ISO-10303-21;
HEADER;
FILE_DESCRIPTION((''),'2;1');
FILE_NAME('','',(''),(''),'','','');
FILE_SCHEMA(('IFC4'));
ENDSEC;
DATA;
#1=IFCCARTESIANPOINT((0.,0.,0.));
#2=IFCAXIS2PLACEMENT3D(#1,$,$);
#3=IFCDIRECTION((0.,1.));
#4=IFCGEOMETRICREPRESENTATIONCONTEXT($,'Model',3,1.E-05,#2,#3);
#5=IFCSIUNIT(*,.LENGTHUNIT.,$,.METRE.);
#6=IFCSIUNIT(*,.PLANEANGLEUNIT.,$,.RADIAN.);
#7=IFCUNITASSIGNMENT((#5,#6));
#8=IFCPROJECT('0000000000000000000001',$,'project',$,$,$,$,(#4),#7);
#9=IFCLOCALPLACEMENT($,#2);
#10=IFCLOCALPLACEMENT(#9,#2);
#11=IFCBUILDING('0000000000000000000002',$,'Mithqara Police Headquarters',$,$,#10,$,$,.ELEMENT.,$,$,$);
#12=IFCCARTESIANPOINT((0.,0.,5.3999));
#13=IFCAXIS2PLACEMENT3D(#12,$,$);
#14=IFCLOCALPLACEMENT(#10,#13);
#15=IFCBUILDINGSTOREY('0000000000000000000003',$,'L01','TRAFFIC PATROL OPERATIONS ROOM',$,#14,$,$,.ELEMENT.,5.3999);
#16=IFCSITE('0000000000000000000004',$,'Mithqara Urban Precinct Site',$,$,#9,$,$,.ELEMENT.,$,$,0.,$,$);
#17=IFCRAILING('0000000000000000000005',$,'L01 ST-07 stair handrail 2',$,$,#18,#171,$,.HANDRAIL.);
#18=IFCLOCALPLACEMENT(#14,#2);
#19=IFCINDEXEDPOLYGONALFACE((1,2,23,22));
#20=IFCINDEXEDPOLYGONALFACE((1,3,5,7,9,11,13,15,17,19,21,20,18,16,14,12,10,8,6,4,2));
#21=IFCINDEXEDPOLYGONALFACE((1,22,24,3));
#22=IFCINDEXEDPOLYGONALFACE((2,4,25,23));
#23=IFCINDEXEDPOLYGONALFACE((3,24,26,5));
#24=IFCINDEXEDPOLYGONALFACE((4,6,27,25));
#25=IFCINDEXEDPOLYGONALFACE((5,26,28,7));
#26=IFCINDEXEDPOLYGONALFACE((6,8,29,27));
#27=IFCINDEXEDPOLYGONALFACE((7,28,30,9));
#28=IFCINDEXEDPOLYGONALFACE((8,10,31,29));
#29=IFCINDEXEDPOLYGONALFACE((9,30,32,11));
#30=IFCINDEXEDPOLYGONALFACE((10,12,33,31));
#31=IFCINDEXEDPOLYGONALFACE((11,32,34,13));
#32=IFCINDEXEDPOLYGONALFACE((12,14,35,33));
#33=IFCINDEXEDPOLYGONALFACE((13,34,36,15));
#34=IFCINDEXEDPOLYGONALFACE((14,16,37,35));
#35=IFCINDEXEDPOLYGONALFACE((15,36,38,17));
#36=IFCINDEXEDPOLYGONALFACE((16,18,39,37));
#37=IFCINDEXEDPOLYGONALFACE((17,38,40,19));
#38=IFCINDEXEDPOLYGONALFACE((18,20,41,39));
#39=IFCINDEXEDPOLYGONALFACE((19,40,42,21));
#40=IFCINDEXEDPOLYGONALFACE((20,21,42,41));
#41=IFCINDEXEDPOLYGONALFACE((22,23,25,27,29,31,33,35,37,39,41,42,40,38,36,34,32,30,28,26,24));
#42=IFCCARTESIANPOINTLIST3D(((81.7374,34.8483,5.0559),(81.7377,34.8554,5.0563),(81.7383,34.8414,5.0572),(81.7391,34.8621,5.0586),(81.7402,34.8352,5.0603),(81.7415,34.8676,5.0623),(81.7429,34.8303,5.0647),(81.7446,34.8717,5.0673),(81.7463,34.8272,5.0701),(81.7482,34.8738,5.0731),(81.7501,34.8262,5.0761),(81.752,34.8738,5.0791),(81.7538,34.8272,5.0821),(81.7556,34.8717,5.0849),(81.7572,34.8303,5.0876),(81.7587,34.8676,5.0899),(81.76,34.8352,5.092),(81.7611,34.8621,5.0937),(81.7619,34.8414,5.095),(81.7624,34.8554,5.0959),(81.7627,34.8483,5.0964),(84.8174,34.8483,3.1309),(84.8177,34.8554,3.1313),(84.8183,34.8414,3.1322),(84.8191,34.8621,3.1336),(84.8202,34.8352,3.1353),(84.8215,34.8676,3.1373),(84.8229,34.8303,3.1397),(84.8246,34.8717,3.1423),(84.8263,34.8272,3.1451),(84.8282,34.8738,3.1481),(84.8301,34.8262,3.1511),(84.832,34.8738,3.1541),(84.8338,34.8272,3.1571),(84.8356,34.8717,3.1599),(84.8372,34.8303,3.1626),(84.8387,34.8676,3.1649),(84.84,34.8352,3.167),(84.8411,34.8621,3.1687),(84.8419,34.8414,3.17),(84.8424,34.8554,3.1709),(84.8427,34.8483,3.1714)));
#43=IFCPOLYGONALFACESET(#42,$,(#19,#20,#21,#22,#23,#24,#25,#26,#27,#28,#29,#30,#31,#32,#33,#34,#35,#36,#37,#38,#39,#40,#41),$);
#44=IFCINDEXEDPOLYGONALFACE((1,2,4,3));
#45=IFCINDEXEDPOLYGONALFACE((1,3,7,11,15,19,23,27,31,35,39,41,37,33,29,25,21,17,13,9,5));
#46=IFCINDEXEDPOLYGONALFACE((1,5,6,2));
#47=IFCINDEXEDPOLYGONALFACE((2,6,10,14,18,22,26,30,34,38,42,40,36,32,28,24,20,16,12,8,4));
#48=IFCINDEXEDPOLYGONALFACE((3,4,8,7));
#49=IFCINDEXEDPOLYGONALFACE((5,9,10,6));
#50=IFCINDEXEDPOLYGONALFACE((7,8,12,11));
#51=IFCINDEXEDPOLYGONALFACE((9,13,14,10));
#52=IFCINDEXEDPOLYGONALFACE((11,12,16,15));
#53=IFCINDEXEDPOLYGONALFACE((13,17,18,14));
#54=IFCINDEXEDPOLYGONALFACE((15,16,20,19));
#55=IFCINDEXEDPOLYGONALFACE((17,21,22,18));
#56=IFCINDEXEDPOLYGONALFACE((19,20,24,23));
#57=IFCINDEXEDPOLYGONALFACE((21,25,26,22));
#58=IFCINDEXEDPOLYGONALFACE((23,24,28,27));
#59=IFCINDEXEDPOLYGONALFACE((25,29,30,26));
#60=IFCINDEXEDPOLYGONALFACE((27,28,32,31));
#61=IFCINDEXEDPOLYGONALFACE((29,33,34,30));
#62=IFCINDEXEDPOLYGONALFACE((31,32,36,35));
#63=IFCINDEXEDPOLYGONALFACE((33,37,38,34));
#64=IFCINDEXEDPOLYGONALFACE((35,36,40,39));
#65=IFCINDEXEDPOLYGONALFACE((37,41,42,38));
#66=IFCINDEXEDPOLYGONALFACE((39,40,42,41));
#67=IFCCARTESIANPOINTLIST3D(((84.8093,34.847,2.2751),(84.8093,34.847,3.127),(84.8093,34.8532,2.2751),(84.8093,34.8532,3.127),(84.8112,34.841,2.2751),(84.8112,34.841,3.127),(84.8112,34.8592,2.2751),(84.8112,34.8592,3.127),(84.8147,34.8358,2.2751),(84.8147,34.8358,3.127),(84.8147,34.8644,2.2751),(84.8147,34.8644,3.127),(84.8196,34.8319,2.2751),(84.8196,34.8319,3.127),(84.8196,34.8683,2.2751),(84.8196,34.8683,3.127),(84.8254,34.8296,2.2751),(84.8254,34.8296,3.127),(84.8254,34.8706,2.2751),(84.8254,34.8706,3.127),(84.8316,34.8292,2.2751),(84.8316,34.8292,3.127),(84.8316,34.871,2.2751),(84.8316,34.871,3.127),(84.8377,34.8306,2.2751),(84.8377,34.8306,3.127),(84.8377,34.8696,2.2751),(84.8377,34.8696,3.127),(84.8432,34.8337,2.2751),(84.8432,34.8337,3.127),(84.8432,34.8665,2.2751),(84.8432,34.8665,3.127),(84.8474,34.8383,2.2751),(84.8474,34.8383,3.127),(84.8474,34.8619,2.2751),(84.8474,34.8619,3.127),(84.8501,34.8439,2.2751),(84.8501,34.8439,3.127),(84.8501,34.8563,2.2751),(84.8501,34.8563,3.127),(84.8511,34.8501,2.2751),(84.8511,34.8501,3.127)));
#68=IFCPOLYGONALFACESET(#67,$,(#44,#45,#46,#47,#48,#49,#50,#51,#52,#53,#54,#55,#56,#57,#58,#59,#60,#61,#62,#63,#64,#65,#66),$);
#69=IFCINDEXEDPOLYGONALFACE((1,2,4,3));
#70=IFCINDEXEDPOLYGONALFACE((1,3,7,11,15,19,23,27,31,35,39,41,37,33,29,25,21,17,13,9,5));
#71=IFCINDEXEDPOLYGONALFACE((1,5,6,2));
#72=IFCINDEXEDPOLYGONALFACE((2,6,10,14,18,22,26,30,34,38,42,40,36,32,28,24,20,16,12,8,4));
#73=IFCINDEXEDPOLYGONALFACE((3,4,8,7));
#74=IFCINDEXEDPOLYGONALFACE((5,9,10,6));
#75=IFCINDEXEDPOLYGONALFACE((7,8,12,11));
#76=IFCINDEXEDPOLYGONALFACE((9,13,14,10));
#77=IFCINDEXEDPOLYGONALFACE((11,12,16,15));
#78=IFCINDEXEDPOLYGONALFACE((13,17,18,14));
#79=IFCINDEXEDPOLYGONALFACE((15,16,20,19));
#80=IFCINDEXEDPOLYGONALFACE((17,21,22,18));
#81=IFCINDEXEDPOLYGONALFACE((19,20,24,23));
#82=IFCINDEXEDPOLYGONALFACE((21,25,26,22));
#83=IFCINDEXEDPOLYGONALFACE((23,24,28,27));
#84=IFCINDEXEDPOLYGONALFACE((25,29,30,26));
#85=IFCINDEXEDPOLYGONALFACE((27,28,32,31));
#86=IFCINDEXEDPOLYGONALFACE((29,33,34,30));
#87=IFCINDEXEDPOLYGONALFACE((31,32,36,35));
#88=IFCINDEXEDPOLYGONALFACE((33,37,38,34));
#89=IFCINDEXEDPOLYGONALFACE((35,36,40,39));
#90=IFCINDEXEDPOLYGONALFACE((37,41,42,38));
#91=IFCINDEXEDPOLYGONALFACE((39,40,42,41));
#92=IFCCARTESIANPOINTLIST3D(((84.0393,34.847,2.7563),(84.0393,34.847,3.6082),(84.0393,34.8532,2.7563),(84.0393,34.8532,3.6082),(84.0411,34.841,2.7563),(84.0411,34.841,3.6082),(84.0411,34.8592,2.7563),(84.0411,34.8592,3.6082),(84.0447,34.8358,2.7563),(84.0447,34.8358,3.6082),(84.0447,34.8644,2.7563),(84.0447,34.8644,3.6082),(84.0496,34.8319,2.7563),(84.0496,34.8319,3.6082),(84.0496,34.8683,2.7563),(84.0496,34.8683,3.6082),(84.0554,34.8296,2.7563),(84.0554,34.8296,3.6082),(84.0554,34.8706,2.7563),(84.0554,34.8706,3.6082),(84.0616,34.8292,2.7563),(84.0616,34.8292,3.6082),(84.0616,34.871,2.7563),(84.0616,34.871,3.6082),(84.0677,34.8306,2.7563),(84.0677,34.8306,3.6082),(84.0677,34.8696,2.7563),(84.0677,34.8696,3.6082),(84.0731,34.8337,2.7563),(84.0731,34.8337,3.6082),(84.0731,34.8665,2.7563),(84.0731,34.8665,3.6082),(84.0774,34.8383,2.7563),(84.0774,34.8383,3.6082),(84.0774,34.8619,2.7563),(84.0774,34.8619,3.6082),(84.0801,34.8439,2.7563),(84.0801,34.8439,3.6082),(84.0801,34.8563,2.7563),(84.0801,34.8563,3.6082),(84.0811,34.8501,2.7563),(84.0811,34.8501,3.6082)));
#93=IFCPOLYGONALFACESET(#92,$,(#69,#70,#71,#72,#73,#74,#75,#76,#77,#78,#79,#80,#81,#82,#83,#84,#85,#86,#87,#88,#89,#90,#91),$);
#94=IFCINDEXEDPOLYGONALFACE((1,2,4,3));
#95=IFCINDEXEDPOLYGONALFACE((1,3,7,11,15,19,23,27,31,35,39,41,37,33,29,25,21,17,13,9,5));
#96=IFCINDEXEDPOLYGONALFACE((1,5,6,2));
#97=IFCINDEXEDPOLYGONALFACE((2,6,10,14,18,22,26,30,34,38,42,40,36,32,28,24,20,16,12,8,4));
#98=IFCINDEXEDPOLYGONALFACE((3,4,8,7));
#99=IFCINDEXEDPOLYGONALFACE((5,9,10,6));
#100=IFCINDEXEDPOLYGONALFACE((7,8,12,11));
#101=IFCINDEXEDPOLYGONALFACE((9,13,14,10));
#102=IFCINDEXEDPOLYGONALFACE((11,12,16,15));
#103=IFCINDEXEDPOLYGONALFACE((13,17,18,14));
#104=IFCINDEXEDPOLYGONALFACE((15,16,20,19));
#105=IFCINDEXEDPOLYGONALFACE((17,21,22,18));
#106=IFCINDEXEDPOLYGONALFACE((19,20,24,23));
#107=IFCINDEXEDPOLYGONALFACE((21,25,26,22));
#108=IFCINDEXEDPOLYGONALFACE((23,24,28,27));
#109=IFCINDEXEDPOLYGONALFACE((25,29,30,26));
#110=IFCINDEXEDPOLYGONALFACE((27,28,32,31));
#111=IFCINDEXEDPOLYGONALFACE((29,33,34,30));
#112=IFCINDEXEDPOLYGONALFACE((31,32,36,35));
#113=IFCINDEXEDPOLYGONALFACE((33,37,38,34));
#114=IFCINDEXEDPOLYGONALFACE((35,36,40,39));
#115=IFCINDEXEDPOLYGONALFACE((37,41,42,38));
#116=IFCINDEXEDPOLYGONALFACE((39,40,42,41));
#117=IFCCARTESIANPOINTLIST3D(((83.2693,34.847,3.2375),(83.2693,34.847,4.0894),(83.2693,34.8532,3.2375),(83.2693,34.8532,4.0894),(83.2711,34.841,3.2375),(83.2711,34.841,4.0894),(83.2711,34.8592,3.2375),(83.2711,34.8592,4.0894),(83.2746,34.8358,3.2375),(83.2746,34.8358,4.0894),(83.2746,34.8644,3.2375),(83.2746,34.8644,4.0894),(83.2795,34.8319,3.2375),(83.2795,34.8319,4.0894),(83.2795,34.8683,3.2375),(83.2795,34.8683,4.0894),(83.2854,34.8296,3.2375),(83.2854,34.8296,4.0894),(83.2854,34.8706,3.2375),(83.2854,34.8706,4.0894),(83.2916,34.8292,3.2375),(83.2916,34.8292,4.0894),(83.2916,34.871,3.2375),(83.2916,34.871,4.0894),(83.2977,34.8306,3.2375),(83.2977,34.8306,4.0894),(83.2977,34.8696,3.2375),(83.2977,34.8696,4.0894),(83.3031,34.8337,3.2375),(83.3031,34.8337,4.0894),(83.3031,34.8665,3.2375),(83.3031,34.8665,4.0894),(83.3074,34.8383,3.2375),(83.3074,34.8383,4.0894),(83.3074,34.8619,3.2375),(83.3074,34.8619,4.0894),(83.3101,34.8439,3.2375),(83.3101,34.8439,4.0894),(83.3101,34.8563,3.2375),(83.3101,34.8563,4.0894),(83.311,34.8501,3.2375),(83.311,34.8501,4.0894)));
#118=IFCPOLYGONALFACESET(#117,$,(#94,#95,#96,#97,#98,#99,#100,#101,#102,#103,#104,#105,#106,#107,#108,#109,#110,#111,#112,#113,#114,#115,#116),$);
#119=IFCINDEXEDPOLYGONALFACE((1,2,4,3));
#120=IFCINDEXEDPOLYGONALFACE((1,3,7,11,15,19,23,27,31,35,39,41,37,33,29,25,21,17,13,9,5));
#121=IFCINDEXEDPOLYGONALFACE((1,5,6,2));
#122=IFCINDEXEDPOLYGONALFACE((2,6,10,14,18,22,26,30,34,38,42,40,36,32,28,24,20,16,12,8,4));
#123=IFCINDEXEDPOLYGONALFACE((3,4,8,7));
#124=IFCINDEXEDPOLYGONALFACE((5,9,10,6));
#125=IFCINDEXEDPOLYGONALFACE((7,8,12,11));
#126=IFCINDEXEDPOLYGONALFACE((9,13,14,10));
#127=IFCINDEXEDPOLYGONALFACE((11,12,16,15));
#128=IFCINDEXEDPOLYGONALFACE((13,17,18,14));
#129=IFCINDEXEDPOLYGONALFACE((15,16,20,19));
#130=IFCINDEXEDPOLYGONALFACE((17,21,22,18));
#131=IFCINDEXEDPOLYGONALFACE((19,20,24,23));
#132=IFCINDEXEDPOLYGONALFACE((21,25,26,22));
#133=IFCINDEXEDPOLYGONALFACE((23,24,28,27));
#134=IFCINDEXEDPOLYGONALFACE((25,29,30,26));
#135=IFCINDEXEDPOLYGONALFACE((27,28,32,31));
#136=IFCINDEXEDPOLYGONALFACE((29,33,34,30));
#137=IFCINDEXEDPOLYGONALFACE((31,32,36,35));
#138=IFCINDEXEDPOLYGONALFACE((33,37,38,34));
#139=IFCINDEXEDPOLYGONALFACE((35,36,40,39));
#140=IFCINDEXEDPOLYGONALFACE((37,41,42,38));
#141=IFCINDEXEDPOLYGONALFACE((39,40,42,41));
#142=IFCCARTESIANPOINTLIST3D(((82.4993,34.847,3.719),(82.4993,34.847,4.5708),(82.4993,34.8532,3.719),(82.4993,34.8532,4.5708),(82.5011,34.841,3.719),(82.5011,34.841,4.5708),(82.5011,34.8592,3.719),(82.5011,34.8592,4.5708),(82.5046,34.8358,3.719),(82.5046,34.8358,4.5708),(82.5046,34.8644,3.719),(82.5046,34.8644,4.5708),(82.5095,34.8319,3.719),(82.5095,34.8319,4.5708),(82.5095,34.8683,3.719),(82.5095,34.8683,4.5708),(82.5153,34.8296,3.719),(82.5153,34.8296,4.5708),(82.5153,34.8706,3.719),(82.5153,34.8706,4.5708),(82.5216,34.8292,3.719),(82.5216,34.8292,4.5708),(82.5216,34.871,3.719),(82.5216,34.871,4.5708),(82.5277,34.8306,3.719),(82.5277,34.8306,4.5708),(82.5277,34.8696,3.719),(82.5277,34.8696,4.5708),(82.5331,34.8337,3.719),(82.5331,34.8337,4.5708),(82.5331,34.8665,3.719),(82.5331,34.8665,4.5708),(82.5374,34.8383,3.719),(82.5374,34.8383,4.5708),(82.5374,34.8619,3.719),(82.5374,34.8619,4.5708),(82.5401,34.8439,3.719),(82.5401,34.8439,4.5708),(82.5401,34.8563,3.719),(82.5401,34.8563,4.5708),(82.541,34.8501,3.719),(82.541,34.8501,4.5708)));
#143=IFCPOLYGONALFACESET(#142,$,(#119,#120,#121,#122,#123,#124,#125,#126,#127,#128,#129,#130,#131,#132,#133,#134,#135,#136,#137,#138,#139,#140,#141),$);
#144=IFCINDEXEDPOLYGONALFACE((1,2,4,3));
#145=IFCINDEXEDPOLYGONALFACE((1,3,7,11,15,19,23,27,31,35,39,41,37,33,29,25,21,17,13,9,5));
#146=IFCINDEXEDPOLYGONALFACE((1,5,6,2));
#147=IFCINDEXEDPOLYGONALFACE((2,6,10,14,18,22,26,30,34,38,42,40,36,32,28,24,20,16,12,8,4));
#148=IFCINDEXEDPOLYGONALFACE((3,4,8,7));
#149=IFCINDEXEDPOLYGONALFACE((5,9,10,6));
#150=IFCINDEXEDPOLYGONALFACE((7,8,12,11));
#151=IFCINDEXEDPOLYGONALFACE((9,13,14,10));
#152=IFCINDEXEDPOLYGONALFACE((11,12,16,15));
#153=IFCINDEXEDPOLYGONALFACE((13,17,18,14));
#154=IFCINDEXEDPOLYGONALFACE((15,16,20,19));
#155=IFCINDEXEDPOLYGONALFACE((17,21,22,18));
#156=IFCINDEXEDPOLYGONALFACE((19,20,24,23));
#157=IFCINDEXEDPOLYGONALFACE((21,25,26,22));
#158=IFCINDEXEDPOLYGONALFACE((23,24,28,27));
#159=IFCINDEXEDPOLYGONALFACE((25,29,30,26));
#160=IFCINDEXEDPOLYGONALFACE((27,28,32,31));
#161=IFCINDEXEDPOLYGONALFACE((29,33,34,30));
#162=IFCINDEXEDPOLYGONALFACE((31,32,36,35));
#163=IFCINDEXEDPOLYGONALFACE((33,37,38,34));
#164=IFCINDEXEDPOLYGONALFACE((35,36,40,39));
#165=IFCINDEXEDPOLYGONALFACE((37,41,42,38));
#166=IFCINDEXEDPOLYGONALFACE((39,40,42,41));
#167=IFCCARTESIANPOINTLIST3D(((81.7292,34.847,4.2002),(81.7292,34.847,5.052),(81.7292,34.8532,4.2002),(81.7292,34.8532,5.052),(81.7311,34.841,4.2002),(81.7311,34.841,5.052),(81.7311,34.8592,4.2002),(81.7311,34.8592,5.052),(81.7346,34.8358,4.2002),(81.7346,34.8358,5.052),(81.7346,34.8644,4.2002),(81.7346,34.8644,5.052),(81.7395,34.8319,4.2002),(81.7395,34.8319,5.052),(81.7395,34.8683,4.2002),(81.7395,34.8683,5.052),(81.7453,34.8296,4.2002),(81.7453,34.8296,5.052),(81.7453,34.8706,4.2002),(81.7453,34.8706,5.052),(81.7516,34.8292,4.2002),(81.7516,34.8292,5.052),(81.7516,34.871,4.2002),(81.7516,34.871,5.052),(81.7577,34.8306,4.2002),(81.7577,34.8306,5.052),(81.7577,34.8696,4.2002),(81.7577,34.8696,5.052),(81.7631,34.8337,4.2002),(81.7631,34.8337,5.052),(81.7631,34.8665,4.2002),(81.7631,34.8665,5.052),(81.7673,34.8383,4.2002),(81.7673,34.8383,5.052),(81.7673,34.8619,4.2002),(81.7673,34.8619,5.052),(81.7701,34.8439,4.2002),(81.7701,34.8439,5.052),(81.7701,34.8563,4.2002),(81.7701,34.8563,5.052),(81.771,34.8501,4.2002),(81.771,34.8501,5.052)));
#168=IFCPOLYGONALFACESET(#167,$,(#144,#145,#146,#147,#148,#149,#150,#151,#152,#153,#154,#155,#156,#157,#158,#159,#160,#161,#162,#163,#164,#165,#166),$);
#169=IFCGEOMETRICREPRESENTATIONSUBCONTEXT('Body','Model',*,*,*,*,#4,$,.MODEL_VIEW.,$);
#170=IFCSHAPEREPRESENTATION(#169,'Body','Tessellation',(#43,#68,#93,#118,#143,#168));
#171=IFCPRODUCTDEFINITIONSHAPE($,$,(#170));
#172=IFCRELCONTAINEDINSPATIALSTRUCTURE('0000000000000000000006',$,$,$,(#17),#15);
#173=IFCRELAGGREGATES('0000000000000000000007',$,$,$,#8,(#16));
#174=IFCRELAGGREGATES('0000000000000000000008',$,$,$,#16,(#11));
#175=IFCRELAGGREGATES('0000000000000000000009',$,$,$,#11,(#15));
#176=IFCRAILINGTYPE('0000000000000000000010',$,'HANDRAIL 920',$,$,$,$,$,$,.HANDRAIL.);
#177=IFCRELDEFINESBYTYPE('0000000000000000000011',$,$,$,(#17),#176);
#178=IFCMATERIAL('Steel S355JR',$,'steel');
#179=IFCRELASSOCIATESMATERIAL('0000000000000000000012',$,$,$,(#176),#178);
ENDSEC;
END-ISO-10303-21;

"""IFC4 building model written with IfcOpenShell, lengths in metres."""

from ifc_helpers import new_model, si_unit, direction, frame, origin, origin_2d, place, context, subcontext, project, spatial, circle, extrude, material, type_object, element, save


model = new_model("IFC4")

# Units and contexts
model_context = context("Model", 3, precision=1e-05, world=origin(), true_north=direction((0.0, 1.0)))
body_context = subcontext(model_context, "Body", "Model", "MODEL_VIEW")
ifc_project = project(units=[si_unit("LENGTHUNIT", "METRE"), si_unit("PLANEANGLEUNIT", "RADIAN")], contexts=[model_context])

# Site, building, storey
site_placement = place(None, origin())
site = spatial("IfcSite", under=ifc_project, at=site_placement, Name="Mithqara Urban Precinct Site", CompositionType="ELEMENT", RefElevation=0.0)
building_placement = place(site_placement, origin())
building = spatial("IfcBuilding", under=site, at=building_placement, Name="Mithqara Police Headquarters", CompositionType="ELEMENT")
storey_placement = place(building_placement, frame((0.0, 0.0, 5.3999)))
storey = spatial("IfcBuildingStorey", under=building, at=storey_placement, Name="L01", Description="TRAFFIC PATROL OPERATIONS ROOM", CompositionType="ELEMENT", Elevation=5.3999)

# Railing
ifc_material_1 = material(Name="Steel S355JR", Category="steel")
railing_type_1 = type_object("IfcRailingType", Name="HANDRAIL 920", PredefinedType="HANDRAIL", material=ifc_material_1)
railing_1_placement = place(storey_placement, frame((84.8301, 34.8501, 2.2751)))
element("IfcRailing", 1, at=railing_1_placement, inside=storey, type_object=railing_type_1, Name="L01 ST-07 stair handrail 2", PredefinedType="HANDRAIL", context=body_context, shape_type="SweptSolid", body=[
    extrude(circle(Radius=0.0239, at=origin_2d()), frame((0.0, 0.0, 0.876), z_axis=(-0.847998, 0.0, 0.529999), x_axis=(0.0, -1.0, 0.0)), (0.0, 0.0, 1.0), 3.6321),
    extrude(circle(Radius=0.021, at=origin_2d()), origin(), (0.0, 0.0, 1.0), 0.8518),
    extrude(circle(Radius=0.021, at=origin_2d()), frame((-0.77, 0.0, 0.4812)), (0.0, 0.0, 1.0), 0.8518),
    extrude(circle(Radius=0.021, at=origin_2d()), frame((-1.54, 0.0, 0.9624)), (0.0, 0.0, 1.0), 0.8518),
    extrude(circle(Radius=0.021, at=origin_2d()), frame((-2.3101, 0.0, 1.4438)), (0.0, 0.0, 1.0), 0.8518),
    extrude(circle(Radius=0.021, at=origin_2d()), frame((-3.0801, 0.0, 1.925)), (0.0, 0.0, 1.0), 0.8518),
])

save(model, "model.ifc")
